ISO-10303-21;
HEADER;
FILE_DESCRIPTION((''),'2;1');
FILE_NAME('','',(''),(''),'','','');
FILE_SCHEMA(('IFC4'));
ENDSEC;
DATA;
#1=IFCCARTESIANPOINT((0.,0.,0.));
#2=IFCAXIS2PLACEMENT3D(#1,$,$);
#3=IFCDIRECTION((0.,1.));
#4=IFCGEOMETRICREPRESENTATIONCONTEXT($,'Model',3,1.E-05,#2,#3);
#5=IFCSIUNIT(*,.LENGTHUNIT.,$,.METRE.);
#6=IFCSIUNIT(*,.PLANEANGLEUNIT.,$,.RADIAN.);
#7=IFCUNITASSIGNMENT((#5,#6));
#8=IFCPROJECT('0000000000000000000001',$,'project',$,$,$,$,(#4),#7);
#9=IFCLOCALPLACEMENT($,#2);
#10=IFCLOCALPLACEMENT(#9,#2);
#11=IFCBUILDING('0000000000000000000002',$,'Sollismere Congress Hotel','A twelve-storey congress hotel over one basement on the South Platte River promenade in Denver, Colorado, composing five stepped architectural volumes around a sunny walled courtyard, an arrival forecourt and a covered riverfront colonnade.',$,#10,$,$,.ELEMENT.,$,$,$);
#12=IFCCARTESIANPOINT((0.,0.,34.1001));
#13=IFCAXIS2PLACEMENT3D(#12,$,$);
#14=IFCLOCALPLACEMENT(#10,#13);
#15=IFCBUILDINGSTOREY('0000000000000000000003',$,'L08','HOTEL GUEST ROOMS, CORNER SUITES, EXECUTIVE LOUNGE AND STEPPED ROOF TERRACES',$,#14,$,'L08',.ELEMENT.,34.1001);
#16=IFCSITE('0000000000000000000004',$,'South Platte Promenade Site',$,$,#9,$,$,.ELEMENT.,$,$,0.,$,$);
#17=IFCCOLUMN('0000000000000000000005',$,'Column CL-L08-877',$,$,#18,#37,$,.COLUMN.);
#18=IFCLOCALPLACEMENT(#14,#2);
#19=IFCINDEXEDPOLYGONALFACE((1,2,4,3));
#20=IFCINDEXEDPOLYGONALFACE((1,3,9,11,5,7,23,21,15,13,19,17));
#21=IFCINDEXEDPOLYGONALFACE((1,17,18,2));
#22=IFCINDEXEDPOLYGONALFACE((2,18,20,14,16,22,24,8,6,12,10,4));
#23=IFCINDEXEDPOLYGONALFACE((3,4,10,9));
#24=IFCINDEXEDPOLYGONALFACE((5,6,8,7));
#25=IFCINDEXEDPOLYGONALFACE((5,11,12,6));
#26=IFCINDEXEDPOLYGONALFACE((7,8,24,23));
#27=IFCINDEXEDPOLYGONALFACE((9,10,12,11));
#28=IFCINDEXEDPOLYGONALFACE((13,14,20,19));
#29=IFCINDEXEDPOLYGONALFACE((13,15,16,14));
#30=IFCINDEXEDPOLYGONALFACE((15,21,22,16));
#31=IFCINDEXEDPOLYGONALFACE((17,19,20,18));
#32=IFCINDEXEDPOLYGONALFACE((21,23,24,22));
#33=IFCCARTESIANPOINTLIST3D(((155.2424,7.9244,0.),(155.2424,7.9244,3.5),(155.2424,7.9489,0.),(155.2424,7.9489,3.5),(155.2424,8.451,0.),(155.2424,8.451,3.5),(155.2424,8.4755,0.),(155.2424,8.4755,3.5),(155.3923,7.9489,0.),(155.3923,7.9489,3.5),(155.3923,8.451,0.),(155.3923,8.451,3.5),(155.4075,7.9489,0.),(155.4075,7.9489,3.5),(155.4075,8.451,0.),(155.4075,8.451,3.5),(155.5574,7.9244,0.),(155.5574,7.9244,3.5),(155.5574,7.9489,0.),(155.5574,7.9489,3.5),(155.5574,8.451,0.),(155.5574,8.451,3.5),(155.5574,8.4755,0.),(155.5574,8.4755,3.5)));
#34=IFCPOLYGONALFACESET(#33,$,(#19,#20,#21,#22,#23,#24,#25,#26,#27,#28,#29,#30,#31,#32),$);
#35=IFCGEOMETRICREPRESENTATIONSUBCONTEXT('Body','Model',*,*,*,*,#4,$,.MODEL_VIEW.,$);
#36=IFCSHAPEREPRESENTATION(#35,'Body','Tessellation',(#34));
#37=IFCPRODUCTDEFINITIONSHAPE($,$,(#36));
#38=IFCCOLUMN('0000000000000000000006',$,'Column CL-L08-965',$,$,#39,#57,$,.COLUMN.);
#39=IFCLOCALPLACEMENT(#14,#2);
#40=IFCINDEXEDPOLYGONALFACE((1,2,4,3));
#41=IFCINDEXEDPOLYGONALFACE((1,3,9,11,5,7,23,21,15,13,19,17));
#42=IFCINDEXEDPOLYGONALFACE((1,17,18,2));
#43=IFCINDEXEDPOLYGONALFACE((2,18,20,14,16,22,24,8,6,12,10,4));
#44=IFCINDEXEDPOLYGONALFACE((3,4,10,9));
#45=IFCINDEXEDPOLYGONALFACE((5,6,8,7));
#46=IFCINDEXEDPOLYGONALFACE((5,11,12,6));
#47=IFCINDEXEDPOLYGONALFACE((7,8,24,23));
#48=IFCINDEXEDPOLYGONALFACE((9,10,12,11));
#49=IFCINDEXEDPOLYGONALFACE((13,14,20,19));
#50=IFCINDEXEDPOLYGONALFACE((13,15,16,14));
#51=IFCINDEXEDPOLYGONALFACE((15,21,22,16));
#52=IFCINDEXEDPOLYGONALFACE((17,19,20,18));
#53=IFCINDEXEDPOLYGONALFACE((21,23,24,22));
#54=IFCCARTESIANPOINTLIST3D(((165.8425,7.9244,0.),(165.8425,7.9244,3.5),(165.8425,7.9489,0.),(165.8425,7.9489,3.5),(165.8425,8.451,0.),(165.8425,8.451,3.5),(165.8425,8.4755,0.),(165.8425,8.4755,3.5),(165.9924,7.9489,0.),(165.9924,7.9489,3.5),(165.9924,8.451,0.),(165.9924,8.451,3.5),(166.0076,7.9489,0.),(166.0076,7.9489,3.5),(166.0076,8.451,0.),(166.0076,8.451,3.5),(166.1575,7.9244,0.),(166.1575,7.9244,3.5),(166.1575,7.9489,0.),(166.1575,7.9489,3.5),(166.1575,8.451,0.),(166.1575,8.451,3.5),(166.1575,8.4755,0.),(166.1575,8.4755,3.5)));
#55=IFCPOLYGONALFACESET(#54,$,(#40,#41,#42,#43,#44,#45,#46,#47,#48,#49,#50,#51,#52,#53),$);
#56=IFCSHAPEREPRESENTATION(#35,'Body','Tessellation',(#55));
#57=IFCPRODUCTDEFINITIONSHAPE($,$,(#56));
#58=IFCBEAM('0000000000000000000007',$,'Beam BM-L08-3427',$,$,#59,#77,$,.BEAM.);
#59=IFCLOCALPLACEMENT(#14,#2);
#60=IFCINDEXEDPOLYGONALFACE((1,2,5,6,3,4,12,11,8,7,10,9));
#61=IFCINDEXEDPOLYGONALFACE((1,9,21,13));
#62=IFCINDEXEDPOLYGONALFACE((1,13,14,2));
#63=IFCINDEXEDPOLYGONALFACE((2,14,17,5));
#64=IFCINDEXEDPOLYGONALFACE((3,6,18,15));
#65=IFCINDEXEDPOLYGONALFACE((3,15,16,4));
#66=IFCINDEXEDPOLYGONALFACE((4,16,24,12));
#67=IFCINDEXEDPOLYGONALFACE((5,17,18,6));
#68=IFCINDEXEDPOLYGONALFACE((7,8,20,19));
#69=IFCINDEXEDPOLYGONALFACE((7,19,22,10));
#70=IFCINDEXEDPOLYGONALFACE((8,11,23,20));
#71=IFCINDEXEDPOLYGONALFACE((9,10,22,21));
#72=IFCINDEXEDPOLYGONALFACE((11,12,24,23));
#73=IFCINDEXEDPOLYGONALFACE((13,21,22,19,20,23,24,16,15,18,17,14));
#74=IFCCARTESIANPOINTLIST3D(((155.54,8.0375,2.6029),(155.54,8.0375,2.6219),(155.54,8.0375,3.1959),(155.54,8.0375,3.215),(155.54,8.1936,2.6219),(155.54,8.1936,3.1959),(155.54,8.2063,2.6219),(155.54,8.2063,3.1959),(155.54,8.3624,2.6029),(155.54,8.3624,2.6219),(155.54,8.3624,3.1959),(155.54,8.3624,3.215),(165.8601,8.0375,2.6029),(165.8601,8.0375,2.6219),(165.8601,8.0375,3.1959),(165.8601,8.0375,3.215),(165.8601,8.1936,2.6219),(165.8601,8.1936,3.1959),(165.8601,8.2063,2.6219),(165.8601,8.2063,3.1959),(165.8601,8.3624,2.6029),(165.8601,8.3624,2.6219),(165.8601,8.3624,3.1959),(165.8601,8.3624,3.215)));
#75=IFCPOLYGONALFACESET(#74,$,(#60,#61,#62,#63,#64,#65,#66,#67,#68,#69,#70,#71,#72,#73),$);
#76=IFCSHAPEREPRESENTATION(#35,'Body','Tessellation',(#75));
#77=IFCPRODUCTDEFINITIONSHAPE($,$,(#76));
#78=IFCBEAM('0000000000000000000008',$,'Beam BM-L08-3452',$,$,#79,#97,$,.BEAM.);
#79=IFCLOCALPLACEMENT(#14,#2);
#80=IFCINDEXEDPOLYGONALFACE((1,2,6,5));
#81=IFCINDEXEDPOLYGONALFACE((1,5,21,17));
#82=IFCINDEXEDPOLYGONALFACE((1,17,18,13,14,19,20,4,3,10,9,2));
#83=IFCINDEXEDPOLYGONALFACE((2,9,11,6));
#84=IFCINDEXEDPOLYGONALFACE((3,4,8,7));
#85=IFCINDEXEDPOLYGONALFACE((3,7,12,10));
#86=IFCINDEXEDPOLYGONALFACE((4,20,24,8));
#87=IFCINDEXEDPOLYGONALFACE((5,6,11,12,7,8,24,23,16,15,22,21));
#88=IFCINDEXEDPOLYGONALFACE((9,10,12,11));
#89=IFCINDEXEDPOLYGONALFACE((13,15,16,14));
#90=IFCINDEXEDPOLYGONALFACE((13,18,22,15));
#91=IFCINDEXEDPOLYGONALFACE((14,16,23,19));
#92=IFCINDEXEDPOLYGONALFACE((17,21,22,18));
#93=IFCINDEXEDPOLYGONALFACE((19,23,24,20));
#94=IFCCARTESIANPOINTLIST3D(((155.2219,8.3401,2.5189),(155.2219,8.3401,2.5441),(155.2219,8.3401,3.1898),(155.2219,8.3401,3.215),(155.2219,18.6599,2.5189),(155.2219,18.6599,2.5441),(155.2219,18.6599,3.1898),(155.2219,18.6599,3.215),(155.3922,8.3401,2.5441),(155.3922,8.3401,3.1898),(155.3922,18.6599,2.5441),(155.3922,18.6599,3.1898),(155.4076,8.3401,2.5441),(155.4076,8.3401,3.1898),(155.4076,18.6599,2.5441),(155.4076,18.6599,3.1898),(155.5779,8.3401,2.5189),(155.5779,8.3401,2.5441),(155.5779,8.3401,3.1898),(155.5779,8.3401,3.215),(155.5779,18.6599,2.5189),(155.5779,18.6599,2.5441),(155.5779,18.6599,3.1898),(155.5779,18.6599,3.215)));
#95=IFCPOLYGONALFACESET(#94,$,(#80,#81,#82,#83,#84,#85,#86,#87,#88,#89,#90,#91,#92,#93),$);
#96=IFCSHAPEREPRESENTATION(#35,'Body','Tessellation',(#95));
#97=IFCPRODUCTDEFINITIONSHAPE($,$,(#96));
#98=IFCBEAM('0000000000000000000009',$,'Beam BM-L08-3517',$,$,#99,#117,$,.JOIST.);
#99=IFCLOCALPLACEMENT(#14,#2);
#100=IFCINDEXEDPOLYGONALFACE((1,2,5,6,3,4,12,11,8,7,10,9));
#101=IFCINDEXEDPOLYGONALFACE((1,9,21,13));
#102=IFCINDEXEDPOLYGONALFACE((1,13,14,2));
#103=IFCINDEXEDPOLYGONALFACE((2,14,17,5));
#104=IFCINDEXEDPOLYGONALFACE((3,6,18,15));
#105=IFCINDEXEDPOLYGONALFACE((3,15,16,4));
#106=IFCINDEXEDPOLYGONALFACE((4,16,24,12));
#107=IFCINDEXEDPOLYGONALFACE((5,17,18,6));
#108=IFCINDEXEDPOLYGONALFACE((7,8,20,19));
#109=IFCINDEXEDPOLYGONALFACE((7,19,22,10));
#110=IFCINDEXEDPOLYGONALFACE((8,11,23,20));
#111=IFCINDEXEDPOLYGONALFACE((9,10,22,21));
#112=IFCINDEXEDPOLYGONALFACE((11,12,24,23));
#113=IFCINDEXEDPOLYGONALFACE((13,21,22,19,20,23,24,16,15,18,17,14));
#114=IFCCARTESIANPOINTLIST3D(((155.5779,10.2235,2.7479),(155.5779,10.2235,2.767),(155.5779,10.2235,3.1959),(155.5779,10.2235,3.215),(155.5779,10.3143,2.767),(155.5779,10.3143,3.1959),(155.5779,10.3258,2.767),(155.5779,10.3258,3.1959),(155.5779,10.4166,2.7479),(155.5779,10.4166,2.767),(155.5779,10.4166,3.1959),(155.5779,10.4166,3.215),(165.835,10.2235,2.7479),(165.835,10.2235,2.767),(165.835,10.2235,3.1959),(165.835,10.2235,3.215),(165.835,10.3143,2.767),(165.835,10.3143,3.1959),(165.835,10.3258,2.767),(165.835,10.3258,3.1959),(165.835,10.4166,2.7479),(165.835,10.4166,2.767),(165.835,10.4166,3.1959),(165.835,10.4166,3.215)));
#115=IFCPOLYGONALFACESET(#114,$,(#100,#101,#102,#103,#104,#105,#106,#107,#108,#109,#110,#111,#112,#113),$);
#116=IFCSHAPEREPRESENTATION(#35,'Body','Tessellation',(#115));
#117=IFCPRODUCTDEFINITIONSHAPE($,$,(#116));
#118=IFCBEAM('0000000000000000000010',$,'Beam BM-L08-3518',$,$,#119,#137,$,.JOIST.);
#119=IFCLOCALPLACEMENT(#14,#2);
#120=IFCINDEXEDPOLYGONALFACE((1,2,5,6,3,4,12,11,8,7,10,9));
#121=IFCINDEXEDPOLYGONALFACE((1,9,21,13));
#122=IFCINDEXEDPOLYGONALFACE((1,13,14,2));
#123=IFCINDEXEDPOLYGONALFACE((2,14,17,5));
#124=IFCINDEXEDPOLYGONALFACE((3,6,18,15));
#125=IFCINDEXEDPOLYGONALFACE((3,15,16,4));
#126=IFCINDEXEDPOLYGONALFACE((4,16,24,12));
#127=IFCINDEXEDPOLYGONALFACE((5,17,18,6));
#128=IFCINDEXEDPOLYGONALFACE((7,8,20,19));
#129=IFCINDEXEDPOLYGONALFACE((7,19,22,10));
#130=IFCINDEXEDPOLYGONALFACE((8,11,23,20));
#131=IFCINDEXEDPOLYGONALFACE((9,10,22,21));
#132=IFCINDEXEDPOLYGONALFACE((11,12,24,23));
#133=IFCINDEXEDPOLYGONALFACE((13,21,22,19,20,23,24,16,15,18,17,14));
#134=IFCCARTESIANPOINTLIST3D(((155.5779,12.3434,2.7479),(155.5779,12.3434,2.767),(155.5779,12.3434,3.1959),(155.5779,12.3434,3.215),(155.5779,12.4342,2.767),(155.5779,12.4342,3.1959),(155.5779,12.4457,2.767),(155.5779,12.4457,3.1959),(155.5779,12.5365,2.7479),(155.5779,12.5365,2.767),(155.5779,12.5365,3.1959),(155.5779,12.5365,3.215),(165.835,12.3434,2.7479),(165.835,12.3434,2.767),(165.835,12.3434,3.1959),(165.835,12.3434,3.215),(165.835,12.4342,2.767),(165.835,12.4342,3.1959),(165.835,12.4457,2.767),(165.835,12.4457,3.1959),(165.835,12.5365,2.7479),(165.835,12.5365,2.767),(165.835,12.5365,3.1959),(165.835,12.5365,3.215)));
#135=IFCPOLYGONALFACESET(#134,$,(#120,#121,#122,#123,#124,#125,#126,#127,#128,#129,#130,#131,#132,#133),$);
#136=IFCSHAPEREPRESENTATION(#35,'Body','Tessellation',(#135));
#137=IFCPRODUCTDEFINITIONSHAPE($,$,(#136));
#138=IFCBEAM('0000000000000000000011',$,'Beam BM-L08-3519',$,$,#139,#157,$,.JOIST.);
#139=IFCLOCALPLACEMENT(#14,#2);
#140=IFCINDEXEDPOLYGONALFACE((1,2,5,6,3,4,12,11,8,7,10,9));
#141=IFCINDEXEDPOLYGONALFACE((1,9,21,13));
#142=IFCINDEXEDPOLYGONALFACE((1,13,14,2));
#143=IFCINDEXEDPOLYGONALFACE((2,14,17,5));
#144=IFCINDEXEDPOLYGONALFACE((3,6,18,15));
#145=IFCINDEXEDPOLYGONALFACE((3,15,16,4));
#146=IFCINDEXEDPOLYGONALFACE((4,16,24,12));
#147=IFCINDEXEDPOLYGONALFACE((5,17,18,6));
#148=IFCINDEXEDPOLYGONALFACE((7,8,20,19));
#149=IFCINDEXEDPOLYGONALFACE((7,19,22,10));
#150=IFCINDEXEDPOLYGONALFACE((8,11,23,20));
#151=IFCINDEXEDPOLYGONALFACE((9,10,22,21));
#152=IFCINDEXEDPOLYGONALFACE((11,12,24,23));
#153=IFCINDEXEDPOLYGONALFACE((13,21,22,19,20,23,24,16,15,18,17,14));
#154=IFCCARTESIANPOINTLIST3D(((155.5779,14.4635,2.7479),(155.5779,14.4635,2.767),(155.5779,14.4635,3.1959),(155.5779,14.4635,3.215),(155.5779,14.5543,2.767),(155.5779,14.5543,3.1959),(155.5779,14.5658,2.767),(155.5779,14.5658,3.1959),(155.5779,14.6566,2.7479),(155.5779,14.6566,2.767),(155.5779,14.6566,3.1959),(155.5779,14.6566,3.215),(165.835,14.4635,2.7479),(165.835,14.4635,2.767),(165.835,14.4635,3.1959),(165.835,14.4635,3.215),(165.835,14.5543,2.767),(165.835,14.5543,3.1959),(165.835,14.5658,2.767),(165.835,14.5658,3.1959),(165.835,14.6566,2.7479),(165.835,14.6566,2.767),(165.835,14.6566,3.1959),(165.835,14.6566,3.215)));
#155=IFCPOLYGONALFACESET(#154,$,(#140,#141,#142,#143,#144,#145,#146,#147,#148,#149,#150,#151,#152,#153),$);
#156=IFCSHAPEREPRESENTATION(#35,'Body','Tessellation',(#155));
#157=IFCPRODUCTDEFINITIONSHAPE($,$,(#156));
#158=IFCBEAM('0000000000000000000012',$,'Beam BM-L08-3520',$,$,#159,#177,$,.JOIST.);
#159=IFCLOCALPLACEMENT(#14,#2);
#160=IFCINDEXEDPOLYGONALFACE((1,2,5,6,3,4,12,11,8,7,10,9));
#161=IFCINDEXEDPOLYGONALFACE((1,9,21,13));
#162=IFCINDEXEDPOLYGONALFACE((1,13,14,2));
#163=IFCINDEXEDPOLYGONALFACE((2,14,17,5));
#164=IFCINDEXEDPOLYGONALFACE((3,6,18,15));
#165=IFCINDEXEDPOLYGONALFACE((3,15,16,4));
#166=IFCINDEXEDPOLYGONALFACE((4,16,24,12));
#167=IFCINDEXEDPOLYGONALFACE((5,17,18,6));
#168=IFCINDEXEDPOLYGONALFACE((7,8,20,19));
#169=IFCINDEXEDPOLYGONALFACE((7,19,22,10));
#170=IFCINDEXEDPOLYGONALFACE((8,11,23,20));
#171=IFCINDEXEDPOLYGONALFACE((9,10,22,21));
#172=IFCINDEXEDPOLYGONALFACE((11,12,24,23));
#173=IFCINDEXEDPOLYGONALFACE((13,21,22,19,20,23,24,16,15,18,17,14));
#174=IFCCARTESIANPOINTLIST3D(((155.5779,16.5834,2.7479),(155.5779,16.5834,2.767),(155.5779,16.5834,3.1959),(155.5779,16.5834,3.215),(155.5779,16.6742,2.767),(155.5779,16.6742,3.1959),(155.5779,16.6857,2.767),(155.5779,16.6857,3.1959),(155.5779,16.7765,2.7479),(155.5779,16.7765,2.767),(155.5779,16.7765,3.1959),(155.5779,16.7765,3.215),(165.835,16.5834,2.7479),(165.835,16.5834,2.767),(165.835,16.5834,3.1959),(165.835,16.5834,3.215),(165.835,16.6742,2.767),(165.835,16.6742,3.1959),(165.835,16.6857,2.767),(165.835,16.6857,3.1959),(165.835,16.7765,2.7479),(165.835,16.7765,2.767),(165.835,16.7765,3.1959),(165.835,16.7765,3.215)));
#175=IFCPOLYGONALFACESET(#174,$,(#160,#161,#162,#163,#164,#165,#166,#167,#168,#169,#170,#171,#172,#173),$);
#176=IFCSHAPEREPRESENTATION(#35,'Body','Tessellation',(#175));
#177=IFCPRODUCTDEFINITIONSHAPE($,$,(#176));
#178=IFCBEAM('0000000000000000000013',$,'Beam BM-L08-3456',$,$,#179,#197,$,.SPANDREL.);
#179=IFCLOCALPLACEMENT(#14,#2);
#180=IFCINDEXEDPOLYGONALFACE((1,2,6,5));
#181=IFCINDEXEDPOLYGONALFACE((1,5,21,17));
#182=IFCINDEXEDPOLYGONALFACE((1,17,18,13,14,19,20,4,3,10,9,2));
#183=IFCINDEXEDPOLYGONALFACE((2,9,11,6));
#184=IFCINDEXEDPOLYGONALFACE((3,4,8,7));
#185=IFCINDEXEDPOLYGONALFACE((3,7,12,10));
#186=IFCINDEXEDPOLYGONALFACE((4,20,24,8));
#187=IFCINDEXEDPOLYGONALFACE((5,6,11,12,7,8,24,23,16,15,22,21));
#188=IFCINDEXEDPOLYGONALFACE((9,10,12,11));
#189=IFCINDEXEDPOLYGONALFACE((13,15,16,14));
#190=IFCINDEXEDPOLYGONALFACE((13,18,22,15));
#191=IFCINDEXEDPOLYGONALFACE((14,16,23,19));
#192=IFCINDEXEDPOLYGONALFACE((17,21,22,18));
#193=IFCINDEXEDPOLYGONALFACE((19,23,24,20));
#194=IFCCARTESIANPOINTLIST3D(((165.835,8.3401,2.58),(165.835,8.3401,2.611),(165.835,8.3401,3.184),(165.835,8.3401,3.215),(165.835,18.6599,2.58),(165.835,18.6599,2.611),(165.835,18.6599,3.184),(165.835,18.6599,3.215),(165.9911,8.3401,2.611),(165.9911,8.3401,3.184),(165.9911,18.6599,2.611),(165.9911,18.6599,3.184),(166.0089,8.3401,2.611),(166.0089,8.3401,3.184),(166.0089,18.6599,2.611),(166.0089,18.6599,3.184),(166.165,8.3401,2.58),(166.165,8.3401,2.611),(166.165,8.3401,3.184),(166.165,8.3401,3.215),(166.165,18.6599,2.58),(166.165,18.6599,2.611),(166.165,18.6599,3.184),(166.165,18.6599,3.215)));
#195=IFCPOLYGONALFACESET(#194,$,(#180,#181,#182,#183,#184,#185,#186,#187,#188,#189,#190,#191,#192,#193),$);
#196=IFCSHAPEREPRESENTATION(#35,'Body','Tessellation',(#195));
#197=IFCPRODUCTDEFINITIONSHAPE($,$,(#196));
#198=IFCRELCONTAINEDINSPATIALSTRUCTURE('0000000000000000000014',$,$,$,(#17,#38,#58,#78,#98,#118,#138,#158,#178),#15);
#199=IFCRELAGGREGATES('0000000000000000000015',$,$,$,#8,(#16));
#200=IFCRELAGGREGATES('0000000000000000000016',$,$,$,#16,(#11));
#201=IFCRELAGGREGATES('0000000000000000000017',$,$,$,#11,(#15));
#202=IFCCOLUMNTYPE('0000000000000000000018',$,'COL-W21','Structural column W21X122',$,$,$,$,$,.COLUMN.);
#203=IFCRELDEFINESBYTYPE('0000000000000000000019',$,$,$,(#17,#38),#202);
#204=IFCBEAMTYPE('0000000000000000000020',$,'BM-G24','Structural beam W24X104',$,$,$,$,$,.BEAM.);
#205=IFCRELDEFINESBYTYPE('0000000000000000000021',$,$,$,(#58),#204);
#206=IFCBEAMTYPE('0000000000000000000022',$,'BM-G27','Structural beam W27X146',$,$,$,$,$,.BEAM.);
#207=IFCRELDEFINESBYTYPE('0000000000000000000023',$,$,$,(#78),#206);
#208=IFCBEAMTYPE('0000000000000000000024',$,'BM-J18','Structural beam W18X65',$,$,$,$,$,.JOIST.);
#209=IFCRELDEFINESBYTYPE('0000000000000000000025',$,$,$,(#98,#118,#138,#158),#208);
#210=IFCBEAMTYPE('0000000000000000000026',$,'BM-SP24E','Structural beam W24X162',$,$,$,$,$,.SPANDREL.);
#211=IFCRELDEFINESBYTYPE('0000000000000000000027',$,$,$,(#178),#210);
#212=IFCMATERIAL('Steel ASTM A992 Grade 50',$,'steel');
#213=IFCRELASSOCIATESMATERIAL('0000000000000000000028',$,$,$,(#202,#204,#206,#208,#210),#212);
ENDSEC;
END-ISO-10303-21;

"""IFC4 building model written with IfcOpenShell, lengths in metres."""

from ifc_helpers import new_model, si_unit, direction, frame, origin, origin_2d, place, context, subcontext, project, spatial, i_section, extrude, material, material_profile, profile_set, type_object, element, save


model = new_model("IFC4")

# Units and contexts
model_context = context("Model", 3, precision=1e-05, world=origin(), true_north=direction((0.0, 1.0)))
body_context = subcontext(model_context, "Body", "Model", "MODEL_VIEW")
ifc_project = project(units=[si_unit("LENGTHUNIT", "METRE"), si_unit("PLANEANGLEUNIT", "RADIAN")], contexts=[model_context])

# Site, building, storey
site_placement = place(None, origin())
site = spatial("IfcSite", under=ifc_project, at=site_placement, Name="South Platte Promenade Site", CompositionType="ELEMENT", RefElevation=0.0)
building_placement = place(site_placement, origin())
building = spatial("IfcBuilding", under=site, at=building_placement, Name="Sollismere Congress Hotel", Description="A twelve-storey congress hotel over one basement on the South Platte River promenade in Denver, Colorado, composing five stepped architectural volumes around a sunny walled courtyard, an arrival forecourt and a covered riverfront colonnade.", CompositionType="ELEMENT")
storey_placement = place(building_placement, frame((0.0, 0.0, 34.1001)))
storey = spatial("IfcBuildingStorey", under=building, at=storey_placement, Name="L08", Description="HOTEL GUEST ROOMS, CORNER SUITES, EXECUTIVE LOUNGE AND STEPPED ROOF TERRACES", LongName="L08", CompositionType="ELEMENT", Elevation=34.1001)

# Columns
ifc_material_1 = material(Name="Steel ASTM A992 Grade 50", Category="steel")
ifc_material_profile_1 = material_profile(ifc_material_1, i_section(OverallWidth=0.3149, OverallDepth=0.551, WebThickness=0.0151, FlangeThickness=0.0244, at=origin_2d()), Name="W21X122")
ifc_profile_set_1 = profile_set([ifc_material_profile_1], Name="Steel ASTM A992 Grade 50")
column_type = type_object("IfcColumnType", Name="COL-W21", Description="Structural column W21X122", PredefinedType="COLUMN", material=ifc_profile_set_1)
for number, where, z_axis, x_axis, name in (
    (1, (155.3999, 8.2, 0.0), (0.0, 0.0, 1.0), (1.0, 0.0, 0.0), "Column CL-L08-877"),
    (2, (166.0, 8.2, 0.0), (0.0, 0.0, 1.0), (1.0, 0.0, 0.0), "Column CL-L08-965"),
):
    element("IfcColumn", number, at=place(storey_placement, frame(where, z_axis=z_axis, x_axis=x_axis)), inside=storey, type_object=column_type, Name=name, PredefinedType="COLUMN", context=body_context, shape_type="SweptSolid", body=[
        extrude(i_section(OverallWidth=0.3149, OverallDepth=0.551, WebThickness=0.0151, FlangeThickness=0.0244, at=origin_2d()), origin(), (0.0, 0.0, 1.0), 3.5),
    ])

# Beams
ifc_material_profile_2 = material_profile(ifc_material_1, i_section(OverallWidth=0.325, OverallDepth=0.6121, WebThickness=0.0127, FlangeThickness=0.019, at=origin_2d()), Name="W24X104")
ifc_profile_set_2 = profile_set([ifc_material_profile_2], Name="Steel ASTM A992 Grade 50")
beam_type_1 = type_object("IfcBeamType", Name="BM-G24", Description="Structural beam W24X104", PredefinedType="BEAM", material=ifc_profile_set_2)
beam_1_placement = place(storey_placement, frame((155.54, 8.2, 2.9089), z_axis=(1.0, 0.0, 0.0), x_axis=(0.0, 1.0, 0.0)))
element("IfcBeam", 3, at=beam_1_placement, inside=storey, type_object=beam_type_1, Name="Beam BM-L08-3427", PredefinedType="BEAM", context=body_context, shape_type="SweptSolid", body=[
    extrude(i_section(OverallWidth=0.325, OverallDepth=0.6121, WebThickness=0.0127, FlangeThickness=0.019, at=origin_2d()), origin(), (0.0, 0.0, 1.0), 10.3201),
])
ifc_material_profile_3 = material_profile(ifc_material_1, i_section(OverallWidth=0.356, OverallDepth=0.696, WebThickness=0.0154, FlangeThickness=0.0251, at=origin_2d()), Name="W27X146")
ifc_profile_set_3 = profile_set([ifc_material_profile_3], Name="Steel ASTM A992 Grade 50")
beam_type_2 = type_object("IfcBeamType", Name="BM-G27", Description="Structural beam W27X146", PredefinedType="BEAM", material=ifc_profile_set_3)
beam_2_placement = place(storey_placement, frame((155.3999, 8.3401, 2.8669), z_axis=(0.0, 1.0, 0.0), x_axis=(-1.0, 0.0, 0.0)))
element("IfcBeam", 4, at=beam_2_placement, inside=storey, type_object=beam_type_2, Name="Beam BM-L08-3452", PredefinedType="BEAM", context=body_context, shape_type="SweptSolid", body=[
    extrude(i_section(OverallWidth=0.356, OverallDepth=0.696, WebThickness=0.0154, FlangeThickness=0.0251, at=origin_2d()), origin(), (0.0, 0.0, 1.0), 10.3198),
])
ifc_material_profile_4 = material_profile(ifc_material_1, i_section(OverallWidth=0.1931, OverallDepth=0.467, WebThickness=0.0115, FlangeThickness=0.019, at=origin_2d()), Name="W18X65")
ifc_profile_set_4 = profile_set([ifc_material_profile_4], Name="Steel ASTM A992 Grade 50")
beam_type_3 = type_object("IfcBeamType", Name="BM-J18", Description="Structural beam W18X65", PredefinedType="JOIST", material=ifc_profile_set_4)
for number, where, z_axis, x_axis, name in (
    (5, (155.5779, 10.3201, 2.9814), (1.0, 0.0, 0.0), (0.0, 1.0, 0.0), "Beam BM-L08-3517"),
    (6, (155.5779, 12.4399, 2.9814), (1.0, 0.0, 0.0), (0.0, 1.0, 0.0), "Beam BM-L08-3518"),
    (7, (155.5779, 14.5601, 2.9814), (1.0, 0.0, 0.0), (0.0, 1.0, 0.0), "Beam BM-L08-3519"),
    (8, (155.5779, 16.6799, 2.9814), (1.0, 0.0, 0.0), (0.0, 1.0, 0.0), "Beam BM-L08-3520"),
):
    element("IfcBeam", number, at=place(storey_placement, frame(where, z_axis=z_axis, x_axis=x_axis)), inside=storey, type_object=beam_type_3, Name=name, PredefinedType="JOIST", context=body_context, shape_type="SweptSolid", body=[
        extrude(i_section(OverallWidth=0.1931, OverallDepth=0.467, WebThickness=0.0115, FlangeThickness=0.019, at=origin_2d()), origin(), (0.0, 0.0, 1.0), 10.2571),
    ])
ifc_material_profile_5 = material_profile(ifc_material_1, i_section(OverallWidth=0.3301, OverallDepth=0.635, WebThickness=0.0178, FlangeThickness=0.031, at=origin_2d()), Name="W24X162")
ifc_profile_set_5 = profile_set([ifc_material_profile_5], Name="Steel ASTM A992 Grade 50")
beam_type_4 = type_object("IfcBeamType", Name="BM-SP24E", Description="Structural beam W24X162", PredefinedType="SPANDREL", material=ifc_profile_set_5)
beam_3_placement = place(storey_placement, frame((166.0, 8.3401, 2.8975), z_axis=(0.0, 1.0, 0.0), x_axis=(-1.0, 0.0, 0.0)))
element("IfcBeam", 9, at=beam_3_placement, inside=storey, type_object=beam_type_4, Name="Beam BM-L08-3456", PredefinedType="SPANDREL", context=body_context, shape_type="SweptSolid", body=[
    extrude(i_section(OverallWidth=0.3301, OverallDepth=0.635, WebThickness=0.0178, FlangeThickness=0.031, at=origin_2d()), origin(), (0.0, 0.0, 1.0), 10.3198),
])

save(model, "model.ifc")
